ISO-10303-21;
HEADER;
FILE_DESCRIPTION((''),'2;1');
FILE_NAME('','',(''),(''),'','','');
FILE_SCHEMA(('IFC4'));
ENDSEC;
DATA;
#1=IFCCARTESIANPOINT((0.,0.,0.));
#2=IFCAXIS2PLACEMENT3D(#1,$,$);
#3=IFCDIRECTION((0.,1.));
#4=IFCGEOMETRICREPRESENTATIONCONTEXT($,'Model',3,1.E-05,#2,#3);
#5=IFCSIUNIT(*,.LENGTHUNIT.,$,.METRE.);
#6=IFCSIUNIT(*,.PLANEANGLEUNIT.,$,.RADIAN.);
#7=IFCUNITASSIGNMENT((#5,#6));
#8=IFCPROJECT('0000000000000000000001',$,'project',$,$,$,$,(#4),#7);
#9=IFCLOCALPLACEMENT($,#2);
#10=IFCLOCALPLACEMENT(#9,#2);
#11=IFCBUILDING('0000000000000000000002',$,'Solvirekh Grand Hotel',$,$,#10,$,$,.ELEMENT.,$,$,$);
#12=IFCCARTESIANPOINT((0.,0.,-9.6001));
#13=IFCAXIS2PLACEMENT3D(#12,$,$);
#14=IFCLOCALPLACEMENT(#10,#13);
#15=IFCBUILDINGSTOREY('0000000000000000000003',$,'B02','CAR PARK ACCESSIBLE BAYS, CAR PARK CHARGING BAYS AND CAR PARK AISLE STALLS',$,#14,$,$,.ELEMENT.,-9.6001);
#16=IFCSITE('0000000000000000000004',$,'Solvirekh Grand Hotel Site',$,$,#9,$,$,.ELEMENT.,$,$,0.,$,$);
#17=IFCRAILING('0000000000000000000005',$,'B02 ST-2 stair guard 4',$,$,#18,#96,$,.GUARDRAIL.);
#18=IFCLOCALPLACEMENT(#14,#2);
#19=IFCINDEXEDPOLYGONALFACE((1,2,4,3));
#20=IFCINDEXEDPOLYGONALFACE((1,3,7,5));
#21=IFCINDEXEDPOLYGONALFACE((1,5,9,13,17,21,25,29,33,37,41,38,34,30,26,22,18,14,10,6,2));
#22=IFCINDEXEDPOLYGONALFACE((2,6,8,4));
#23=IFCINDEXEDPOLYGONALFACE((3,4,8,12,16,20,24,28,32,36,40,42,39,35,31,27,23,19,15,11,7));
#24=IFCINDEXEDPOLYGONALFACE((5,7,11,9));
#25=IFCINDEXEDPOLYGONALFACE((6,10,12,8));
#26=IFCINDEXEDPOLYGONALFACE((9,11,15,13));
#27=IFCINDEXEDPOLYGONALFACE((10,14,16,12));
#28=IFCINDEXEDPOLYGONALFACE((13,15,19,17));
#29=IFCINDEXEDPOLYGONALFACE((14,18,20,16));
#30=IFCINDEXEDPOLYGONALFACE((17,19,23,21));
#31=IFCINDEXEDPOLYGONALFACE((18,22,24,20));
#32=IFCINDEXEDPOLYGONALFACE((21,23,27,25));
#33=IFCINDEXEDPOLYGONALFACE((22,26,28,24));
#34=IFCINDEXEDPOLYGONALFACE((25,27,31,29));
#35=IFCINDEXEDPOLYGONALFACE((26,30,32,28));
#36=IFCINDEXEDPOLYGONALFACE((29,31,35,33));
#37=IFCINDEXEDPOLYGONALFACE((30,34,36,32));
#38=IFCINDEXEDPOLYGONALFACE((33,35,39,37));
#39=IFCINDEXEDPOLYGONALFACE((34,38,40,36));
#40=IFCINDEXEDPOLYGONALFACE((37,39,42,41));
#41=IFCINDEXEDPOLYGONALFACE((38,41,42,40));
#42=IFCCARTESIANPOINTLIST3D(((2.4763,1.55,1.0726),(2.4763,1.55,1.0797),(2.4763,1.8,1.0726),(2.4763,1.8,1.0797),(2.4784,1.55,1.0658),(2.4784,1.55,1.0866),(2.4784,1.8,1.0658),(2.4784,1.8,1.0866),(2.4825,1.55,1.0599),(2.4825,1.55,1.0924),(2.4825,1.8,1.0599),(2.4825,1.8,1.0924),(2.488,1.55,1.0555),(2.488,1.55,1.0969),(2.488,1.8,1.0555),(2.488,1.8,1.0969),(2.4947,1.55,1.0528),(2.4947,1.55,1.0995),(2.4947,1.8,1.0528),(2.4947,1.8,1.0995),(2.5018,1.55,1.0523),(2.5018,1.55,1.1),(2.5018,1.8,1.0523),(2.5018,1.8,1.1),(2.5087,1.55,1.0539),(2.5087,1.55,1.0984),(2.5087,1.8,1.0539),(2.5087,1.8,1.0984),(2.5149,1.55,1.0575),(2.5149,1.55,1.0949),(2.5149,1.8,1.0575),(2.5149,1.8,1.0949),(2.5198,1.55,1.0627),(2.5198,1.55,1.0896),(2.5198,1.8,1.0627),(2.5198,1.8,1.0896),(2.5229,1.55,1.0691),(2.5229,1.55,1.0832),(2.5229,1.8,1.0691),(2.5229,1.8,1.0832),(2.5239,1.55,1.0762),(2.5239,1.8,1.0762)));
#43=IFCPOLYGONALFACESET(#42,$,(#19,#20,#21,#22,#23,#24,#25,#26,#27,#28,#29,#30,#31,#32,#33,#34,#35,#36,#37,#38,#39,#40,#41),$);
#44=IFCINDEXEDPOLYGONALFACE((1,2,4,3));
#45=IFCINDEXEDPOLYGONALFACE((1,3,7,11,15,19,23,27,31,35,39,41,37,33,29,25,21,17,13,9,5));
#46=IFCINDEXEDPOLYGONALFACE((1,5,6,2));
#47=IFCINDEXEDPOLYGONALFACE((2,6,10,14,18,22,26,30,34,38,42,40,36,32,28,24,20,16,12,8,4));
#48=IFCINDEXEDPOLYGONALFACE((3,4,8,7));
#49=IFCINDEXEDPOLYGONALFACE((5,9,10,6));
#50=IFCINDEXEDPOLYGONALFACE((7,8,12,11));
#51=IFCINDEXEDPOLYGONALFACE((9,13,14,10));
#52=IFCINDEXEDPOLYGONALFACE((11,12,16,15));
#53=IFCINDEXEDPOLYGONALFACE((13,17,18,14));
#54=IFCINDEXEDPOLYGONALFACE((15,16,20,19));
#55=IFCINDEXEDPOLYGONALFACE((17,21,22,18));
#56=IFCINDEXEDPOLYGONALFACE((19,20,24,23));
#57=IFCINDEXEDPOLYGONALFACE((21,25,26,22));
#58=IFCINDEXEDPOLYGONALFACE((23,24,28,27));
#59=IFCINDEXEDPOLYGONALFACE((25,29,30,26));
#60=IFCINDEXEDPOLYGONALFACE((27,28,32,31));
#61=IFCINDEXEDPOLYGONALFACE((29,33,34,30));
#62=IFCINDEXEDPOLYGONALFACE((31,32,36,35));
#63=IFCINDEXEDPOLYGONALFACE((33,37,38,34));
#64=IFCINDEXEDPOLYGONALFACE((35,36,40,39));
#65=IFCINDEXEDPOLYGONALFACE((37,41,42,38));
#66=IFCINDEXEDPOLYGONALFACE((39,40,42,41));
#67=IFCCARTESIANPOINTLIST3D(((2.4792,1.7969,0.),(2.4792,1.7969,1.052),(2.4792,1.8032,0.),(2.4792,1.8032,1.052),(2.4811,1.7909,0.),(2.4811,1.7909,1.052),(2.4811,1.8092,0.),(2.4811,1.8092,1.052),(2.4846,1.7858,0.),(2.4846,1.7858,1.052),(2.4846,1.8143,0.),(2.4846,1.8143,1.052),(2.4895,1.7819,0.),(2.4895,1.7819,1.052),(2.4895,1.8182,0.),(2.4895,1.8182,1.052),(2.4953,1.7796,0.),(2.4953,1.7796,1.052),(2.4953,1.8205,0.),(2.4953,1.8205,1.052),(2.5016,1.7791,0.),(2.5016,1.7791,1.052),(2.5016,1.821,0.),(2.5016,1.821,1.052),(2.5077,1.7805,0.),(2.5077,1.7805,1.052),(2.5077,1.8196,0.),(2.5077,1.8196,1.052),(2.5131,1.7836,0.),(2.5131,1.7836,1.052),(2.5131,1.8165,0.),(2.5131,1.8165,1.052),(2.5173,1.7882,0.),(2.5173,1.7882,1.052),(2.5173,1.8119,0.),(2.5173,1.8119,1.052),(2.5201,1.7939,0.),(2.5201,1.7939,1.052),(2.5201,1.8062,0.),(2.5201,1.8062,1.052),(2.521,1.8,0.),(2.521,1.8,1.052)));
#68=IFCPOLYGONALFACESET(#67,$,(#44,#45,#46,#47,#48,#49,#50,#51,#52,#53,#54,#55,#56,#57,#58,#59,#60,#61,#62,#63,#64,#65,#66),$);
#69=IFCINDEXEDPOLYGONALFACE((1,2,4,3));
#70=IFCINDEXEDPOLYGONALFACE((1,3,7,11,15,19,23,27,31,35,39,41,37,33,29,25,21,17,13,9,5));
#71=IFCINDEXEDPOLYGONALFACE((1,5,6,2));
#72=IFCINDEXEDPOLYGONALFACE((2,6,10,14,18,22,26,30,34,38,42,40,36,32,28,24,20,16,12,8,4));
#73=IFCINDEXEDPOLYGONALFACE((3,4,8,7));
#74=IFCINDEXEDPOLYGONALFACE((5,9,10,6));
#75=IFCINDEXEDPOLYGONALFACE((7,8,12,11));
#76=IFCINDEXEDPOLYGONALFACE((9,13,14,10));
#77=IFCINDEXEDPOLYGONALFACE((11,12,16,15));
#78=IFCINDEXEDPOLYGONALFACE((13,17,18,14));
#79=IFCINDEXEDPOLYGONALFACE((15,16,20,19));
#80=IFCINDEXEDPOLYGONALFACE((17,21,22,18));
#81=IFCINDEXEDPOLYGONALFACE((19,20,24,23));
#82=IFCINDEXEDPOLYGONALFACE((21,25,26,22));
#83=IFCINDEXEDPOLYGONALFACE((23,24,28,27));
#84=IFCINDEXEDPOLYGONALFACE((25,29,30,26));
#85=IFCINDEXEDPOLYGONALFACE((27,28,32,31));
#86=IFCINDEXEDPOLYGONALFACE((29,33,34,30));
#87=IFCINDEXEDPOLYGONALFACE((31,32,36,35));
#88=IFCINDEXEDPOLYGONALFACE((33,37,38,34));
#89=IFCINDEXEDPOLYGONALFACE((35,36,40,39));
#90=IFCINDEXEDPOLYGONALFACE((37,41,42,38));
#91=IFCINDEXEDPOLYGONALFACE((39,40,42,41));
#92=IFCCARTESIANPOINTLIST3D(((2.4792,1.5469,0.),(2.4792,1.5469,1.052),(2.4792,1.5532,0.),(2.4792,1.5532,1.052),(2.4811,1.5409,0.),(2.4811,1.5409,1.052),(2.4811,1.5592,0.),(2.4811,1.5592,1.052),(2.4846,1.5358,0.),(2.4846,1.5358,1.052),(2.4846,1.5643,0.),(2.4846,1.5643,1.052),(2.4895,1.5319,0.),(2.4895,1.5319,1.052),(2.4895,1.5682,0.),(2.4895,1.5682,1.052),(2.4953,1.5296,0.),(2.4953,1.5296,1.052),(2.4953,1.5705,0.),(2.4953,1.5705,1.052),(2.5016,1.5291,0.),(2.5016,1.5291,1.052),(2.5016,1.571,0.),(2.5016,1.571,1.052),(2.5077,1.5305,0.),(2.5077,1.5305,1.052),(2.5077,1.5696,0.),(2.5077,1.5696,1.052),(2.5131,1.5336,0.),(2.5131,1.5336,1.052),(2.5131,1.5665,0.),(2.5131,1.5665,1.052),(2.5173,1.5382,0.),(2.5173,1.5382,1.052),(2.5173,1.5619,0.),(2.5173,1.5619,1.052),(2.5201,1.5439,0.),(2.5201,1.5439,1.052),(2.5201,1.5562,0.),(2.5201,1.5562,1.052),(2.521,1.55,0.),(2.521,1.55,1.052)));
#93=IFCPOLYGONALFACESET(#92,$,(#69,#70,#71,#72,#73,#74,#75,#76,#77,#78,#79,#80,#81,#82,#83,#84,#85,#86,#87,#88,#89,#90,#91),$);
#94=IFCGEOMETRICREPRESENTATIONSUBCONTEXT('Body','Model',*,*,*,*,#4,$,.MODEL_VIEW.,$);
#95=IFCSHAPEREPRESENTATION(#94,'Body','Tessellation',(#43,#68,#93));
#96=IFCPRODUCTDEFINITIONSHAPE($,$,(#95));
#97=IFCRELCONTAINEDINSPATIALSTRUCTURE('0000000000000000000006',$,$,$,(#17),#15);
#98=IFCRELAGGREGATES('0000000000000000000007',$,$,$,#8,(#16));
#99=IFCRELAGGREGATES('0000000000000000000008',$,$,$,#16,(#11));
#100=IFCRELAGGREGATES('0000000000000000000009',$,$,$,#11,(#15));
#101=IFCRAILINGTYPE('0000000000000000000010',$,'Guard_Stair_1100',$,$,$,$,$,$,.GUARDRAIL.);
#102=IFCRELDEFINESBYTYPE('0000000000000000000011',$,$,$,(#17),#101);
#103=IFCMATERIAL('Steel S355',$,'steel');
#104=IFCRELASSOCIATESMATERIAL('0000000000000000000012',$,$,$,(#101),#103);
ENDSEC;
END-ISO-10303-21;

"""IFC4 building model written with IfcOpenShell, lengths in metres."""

from ifc_helpers import new_model, si_unit, direction, frame, origin, origin_2d, place, context, subcontext, project, spatial, circle, extrude, material, type_object, element, save


model = new_model("IFC4")

# Units and contexts
model_context = context("Model", 3, precision=1e-05, world=origin(), true_north=direction((0.0, 1.0)))
body_context = subcontext(model_context, "Body", "Model", "MODEL_VIEW")
ifc_project = project(units=[si_unit("LENGTHUNIT", "METRE"), si_unit("PLANEANGLEUNIT", "RADIAN")], contexts=[model_context])

# Site, building, storey
site_placement = place(None, origin())
site = spatial("IfcSite", under=ifc_project, at=site_placement, Name="Solvirekh Grand Hotel Site", CompositionType="ELEMENT", RefElevation=0.0)
building_placement = place(site_placement, origin())
building = spatial("IfcBuilding", under=site, at=building_placement, Name="Solvirekh Grand Hotel", CompositionType="ELEMENT")
storey_placement = place(building_placement, frame((0.0, 0.0, -9.6001)))
storey = spatial("IfcBuildingStorey", under=building, at=storey_placement, Name="B02", Description="CAR PARK ACCESSIBLE BAYS, CAR PARK CHARGING BAYS AND CAR PARK AISLE STALLS", CompositionType="ELEMENT", Elevation=-9.6001)

# Shared definitions
ifc_material_1 = material(Name="Steel S355", Category="steel")

# Railing
railing_type_1 = type_object("IfcRailingType", Name="Guard_Stair_1100", PredefinedType="GUARDRAIL", material=ifc_material_1)
railing_1_placement = place(storey_placement, frame((2.5, 1.8, 0.0)))
element("IfcRailing", 1, at=railing_1_placement, inside=storey, type_object=railing_type_1, Name="B02 ST-2 stair guard 4", PredefinedType="GUARDRAIL", context=body_context, shape_type="SweptSolid", body=[
    extrude(circle(Radius=0.0239, at=origin_2d()), frame((0.0, 0.0, 1.0762), z_axis=(0.0, -1.0, 0.0), x_axis=(1.0, 0.0, 0.0)), (0.0, 0.0, 1.0), 0.25),
    extrude(circle(Radius=0.021, at=origin_2d()), origin(), (0.0, 0.0, 1.0), 1.052),
    extrude(circle(Radius=0.021, at=origin_2d()), frame((0.0, -0.25, 0.0)), (0.0, 0.0, 1.0), 1.052),
])

save(model, "model.ifc")
